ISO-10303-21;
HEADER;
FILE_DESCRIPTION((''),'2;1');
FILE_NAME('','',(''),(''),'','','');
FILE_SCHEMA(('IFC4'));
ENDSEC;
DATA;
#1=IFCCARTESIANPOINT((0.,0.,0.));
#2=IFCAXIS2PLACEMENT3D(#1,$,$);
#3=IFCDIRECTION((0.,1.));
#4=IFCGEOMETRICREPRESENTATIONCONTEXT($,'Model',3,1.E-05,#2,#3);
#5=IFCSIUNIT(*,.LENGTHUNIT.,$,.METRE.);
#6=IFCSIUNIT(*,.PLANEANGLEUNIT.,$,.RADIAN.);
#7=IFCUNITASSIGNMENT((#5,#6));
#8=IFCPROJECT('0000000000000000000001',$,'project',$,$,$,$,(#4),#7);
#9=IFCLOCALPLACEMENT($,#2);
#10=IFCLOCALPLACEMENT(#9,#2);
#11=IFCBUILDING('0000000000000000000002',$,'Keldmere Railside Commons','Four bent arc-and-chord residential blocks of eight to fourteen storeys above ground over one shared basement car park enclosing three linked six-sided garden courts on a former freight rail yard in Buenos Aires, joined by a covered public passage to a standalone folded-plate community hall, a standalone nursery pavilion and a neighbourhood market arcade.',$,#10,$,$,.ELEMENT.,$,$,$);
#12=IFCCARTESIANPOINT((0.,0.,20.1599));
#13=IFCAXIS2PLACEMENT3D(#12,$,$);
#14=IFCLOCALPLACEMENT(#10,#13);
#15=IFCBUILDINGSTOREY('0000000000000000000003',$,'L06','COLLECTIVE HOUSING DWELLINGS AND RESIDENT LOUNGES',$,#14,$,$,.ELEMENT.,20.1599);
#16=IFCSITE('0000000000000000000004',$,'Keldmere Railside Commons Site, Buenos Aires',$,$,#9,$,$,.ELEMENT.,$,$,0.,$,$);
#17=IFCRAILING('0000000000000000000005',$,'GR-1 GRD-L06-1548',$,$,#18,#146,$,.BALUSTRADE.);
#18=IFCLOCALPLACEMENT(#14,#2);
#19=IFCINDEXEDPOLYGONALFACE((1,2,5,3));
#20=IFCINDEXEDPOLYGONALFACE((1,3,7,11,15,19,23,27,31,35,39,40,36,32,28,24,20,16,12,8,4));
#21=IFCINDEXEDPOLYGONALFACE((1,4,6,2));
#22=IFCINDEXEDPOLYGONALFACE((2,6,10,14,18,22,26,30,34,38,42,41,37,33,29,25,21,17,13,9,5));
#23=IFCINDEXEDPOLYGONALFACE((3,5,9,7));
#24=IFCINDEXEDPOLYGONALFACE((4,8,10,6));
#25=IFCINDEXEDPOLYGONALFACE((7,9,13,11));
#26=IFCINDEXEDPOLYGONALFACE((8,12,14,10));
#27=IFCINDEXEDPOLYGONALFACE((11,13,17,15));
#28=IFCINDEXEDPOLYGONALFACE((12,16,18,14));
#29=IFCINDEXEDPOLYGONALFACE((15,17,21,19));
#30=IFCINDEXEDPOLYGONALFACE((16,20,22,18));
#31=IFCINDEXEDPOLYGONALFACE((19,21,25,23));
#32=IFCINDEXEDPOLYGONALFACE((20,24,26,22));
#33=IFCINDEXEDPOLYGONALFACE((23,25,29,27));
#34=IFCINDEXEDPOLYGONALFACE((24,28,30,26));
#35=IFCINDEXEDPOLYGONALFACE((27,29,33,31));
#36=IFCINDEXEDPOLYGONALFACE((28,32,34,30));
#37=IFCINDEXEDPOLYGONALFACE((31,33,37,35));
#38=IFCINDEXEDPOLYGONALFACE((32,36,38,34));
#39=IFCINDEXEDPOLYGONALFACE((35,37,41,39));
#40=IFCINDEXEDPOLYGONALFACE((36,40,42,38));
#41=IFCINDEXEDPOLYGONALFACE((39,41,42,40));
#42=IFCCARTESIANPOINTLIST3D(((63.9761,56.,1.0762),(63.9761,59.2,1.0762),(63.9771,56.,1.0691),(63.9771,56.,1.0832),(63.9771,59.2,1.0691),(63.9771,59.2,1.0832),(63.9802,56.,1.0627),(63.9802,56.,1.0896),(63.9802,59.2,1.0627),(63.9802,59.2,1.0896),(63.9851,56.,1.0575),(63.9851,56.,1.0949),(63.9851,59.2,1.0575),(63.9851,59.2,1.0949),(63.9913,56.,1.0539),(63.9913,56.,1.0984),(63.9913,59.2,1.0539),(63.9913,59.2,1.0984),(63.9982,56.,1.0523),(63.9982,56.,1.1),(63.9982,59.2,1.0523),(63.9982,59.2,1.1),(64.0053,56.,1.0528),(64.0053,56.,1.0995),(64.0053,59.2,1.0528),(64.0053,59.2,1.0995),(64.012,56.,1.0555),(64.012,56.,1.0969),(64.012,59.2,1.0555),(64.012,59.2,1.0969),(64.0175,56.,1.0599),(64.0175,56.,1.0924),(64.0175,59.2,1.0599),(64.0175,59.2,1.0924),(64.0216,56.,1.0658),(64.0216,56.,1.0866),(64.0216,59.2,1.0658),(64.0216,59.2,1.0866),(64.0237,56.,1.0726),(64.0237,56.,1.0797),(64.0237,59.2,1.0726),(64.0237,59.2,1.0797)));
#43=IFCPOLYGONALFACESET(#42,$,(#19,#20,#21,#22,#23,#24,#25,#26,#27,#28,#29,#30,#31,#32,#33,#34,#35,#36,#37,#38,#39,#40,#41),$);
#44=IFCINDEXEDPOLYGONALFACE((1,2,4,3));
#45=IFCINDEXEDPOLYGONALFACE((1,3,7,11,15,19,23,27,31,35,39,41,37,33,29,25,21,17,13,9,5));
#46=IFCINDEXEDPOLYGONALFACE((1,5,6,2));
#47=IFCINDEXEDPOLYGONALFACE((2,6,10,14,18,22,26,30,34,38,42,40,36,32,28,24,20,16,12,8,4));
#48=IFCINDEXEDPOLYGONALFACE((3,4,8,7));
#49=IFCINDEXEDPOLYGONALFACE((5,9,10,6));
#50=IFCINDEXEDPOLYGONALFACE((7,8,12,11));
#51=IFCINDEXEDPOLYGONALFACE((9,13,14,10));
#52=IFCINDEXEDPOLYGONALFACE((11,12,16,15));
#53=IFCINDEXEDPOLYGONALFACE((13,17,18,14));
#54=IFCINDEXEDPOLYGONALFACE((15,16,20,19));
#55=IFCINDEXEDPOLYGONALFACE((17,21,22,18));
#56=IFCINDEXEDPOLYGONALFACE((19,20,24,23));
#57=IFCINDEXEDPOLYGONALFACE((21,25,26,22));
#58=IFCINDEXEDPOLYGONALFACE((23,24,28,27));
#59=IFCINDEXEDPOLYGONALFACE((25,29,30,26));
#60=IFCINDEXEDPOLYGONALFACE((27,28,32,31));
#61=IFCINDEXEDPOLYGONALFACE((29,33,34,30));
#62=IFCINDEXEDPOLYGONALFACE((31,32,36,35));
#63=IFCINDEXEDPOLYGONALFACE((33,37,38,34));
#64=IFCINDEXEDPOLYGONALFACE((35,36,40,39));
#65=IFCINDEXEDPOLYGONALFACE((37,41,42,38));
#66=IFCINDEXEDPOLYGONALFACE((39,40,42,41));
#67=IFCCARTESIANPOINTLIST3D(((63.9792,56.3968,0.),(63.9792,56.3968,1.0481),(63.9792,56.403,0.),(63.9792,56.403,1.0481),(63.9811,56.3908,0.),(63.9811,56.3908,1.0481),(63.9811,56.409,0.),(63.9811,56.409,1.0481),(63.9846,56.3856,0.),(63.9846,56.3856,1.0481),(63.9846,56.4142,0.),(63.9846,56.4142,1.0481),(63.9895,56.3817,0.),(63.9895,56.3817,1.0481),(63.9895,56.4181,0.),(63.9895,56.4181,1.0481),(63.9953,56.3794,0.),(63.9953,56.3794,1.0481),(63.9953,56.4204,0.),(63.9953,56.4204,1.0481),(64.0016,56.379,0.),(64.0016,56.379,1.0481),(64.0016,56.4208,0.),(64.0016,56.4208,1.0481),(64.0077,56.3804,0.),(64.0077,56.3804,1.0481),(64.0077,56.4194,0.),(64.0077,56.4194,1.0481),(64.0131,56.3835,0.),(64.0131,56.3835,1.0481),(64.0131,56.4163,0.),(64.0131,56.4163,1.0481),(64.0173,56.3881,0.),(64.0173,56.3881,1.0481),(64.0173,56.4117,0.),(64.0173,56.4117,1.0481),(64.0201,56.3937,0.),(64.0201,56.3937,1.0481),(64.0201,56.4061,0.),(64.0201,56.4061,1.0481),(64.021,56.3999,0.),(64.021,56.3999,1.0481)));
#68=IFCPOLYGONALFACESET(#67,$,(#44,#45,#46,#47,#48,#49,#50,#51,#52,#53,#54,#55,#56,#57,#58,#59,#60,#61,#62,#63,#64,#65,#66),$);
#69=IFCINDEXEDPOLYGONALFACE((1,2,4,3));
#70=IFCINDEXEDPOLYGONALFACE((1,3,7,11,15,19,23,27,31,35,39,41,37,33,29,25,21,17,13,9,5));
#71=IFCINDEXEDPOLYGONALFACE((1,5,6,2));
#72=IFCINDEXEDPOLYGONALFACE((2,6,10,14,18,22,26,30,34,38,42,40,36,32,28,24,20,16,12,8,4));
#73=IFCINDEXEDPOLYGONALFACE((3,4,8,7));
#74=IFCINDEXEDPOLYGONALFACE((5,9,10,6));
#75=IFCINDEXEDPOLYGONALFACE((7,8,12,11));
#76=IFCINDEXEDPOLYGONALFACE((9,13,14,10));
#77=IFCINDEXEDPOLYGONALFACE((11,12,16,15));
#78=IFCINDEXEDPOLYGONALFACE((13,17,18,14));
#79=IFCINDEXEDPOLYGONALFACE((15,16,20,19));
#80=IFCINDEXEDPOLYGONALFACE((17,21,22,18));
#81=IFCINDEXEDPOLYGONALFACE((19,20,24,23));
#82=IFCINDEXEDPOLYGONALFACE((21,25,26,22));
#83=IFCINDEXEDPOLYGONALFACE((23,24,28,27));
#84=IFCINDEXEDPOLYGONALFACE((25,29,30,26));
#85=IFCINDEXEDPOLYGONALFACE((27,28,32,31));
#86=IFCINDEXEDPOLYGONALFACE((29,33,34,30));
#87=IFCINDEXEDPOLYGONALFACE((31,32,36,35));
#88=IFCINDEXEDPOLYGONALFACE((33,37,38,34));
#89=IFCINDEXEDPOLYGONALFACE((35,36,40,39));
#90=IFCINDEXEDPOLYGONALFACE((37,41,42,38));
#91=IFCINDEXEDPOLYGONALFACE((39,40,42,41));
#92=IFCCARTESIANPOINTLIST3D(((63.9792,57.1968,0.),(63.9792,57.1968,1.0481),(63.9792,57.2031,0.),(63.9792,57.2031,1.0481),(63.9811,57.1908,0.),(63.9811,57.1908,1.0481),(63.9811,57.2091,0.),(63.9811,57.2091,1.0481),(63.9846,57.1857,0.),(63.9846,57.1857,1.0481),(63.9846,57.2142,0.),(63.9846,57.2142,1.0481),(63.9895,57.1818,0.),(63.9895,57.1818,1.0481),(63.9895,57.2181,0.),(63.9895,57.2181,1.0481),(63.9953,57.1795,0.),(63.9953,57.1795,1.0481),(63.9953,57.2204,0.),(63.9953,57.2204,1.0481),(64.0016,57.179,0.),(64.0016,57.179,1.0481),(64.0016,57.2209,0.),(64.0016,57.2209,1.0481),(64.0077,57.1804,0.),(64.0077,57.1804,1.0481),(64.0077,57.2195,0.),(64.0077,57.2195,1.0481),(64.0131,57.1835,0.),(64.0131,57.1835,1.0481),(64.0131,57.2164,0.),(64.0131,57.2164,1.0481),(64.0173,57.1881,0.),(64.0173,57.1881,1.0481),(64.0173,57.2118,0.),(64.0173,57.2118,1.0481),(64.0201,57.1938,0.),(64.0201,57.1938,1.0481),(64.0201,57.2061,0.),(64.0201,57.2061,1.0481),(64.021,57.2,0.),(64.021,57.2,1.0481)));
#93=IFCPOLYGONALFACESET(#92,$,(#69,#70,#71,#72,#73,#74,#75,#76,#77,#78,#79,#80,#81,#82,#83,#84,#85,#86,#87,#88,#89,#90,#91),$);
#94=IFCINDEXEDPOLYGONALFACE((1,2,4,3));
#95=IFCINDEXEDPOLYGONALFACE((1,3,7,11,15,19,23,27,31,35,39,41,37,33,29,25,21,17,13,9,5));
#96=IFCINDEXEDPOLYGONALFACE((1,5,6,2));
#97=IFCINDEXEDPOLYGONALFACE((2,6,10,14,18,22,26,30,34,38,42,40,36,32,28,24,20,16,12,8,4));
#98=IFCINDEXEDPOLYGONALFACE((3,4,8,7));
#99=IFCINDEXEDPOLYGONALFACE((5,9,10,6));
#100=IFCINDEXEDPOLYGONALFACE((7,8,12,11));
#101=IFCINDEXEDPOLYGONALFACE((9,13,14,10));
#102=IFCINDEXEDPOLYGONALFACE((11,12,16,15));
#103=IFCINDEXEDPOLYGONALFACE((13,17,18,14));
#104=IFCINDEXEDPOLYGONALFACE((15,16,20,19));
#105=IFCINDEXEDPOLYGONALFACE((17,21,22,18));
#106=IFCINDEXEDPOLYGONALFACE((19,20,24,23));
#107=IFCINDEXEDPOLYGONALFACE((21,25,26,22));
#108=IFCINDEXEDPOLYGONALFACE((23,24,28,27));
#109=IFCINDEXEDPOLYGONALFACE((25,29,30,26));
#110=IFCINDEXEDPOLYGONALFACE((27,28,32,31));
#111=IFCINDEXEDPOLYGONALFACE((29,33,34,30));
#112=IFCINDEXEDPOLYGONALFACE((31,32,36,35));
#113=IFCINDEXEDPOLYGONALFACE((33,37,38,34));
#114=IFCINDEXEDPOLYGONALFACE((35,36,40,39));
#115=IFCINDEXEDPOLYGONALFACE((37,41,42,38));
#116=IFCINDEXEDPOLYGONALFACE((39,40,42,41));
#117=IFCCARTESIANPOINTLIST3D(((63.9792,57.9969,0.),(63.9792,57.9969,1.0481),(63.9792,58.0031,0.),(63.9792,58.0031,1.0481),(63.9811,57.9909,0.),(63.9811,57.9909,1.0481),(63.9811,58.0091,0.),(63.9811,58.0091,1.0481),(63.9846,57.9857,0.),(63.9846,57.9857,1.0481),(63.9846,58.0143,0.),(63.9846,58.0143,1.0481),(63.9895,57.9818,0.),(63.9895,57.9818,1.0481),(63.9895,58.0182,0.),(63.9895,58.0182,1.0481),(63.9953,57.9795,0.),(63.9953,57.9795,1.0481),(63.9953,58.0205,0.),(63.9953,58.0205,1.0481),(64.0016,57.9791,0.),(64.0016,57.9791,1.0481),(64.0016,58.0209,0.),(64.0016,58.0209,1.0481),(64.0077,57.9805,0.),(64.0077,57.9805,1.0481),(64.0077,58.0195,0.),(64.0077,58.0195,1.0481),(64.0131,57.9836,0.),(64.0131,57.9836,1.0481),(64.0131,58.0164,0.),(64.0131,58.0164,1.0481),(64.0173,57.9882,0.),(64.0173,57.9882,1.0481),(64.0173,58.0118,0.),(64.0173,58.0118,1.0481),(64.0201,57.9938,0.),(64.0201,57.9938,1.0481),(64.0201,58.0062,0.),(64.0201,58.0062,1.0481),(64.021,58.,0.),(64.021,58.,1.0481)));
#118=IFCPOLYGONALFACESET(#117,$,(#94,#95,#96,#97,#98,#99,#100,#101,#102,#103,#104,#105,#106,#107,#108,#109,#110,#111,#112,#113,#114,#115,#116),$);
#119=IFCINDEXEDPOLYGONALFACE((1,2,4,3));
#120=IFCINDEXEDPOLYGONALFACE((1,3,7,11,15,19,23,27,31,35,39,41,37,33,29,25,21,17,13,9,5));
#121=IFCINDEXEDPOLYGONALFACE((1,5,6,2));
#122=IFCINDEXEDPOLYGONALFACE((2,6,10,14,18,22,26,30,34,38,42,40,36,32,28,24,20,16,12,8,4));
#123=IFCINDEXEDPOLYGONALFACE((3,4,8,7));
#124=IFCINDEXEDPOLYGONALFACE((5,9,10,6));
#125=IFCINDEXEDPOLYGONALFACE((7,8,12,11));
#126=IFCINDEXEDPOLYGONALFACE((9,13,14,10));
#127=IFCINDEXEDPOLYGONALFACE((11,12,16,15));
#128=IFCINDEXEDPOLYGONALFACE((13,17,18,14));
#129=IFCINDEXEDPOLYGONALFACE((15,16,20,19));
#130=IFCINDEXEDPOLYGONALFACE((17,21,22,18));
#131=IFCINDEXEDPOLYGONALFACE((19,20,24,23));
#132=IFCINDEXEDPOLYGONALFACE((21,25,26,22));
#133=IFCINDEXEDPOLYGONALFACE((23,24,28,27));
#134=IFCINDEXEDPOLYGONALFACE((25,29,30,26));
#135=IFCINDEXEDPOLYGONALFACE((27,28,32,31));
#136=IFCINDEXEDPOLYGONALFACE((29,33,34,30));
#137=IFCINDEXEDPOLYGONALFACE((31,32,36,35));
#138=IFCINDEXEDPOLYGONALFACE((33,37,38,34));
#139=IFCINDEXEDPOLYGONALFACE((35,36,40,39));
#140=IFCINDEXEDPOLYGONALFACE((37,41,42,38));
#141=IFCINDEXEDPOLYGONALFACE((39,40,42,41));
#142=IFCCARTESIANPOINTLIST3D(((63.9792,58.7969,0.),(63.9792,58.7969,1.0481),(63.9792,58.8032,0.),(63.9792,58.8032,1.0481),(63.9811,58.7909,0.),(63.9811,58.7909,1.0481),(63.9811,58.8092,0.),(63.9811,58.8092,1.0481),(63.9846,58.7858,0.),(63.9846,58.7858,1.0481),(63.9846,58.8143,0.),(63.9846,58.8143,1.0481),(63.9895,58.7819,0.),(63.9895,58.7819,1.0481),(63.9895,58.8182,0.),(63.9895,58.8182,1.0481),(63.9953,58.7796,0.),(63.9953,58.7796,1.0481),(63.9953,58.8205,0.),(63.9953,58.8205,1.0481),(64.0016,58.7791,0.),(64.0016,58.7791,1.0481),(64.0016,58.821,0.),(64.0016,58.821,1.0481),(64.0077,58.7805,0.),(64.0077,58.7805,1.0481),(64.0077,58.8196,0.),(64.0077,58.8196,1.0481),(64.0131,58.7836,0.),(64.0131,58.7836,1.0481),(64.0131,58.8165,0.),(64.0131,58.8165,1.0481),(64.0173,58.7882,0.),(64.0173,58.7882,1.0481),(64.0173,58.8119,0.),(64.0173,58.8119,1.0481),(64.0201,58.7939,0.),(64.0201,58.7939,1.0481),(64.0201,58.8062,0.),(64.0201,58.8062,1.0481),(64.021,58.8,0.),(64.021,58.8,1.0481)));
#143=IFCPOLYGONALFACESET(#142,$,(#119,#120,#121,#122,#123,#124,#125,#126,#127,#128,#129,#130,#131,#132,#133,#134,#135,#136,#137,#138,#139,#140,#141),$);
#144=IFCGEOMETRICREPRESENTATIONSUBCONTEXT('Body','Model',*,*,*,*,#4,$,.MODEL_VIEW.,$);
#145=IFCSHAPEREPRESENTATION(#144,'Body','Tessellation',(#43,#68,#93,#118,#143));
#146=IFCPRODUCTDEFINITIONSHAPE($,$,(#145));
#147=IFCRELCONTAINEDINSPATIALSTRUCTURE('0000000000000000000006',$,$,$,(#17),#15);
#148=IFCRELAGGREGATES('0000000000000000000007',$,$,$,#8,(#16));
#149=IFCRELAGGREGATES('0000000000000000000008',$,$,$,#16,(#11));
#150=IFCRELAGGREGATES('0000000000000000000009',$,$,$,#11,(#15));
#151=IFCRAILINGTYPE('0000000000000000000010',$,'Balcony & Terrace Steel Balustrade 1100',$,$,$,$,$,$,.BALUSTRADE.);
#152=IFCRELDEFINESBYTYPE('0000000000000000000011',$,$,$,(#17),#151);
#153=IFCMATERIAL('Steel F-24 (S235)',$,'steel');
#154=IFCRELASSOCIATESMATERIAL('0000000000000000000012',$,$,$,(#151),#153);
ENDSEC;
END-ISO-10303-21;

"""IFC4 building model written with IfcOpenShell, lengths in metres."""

from ifc_helpers import new_model, si_unit, direction, frame, origin, origin_2d, place, context, subcontext, project, spatial, circle, extrude, material, type_object, element, save


model = new_model("IFC4")

# Units and contexts
model_context = context("Model", 3, precision=1e-05, world=origin(), true_north=direction((0.0, 1.0)))
body_context = subcontext(model_context, "Body", "Model", "MODEL_VIEW")
ifc_project = project(units=[si_unit("LENGTHUNIT", "METRE"), si_unit("PLANEANGLEUNIT", "RADIAN")], contexts=[model_context])

# Site, building, storey
site_placement = place(None, origin())
site = spatial("IfcSite", under=ifc_project, at=site_placement, Name="Keldmere Railside Commons Site, Buenos Aires", CompositionType="ELEMENT", RefElevation=0.0)
building_placement = place(site_placement, origin())
building = spatial("IfcBuilding", under=site, at=building_placement, Name="Keldmere Railside Commons", Description="Four bent arc-and-chord residential blocks of eight to fourteen storeys above ground over one shared basement car park enclosing three linked six-sided garden courts on a former freight rail yard in Buenos Aires, joined by a covered public passage to a standalone folded-plate community hall, a standalone nursery pavilion and a neighbourhood market arcade.", CompositionType="ELEMENT")
storey_placement = place(building_placement, frame((0.0, 0.0, 20.1599)))
storey = spatial("IfcBuildingStorey", under=building, at=storey_placement, Name="L06", Description="COLLECTIVE HOUSING DWELLINGS AND RESIDENT LOUNGES", CompositionType="ELEMENT", Elevation=20.1599)

# Railing
ifc_material_1 = material(Name="Steel F-24 (S235)", Category="steel")
railing_type = type_object("IfcRailingType", Name="Balcony & Terrace Steel Balustrade 1100", PredefinedType="BALUSTRADE", material=ifc_material_1)
railing_1_placement = place(storey_placement, frame((64.0, 56.0, 0.0)))
element("IfcRailing", 1, at=railing_1_placement, inside=storey, type_object=railing_type, Name="GR-1 GRD-L06-1548", PredefinedType="BALUSTRADE", context=body_context, shape_type="SweptSolid", body=[
    extrude(circle(Radius=0.0239, at=origin_2d()), frame((0.0, 0.0, 1.0762), z_axis=(0.0, 1.0, 0.0), x_axis=(-1.0, 0.0, 0.0)), (0.0, 0.0, 1.0), 3.2),
    extrude(circle(Radius=0.021, at=origin_2d()), frame((0.0, 0.3999, 0.0)), (0.0, 0.0, 1.0), 1.0481),
    extrude(circle(Radius=0.021, at=origin_2d()), frame((0.0, 1.2, 0.0)), (0.0, 0.0, 1.0), 1.0481),
    extrude(circle(Radius=0.021, at=origin_2d()), frame((0.0, 2.0, 0.0)), (0.0, 0.0, 1.0), 1.0481),
    extrude(circle(Radius=0.021, at=origin_2d()), frame((0.0, 2.8, 0.0)), (0.0, 0.0, 1.0), 1.0481),
])

save(model, "model.ifc")
